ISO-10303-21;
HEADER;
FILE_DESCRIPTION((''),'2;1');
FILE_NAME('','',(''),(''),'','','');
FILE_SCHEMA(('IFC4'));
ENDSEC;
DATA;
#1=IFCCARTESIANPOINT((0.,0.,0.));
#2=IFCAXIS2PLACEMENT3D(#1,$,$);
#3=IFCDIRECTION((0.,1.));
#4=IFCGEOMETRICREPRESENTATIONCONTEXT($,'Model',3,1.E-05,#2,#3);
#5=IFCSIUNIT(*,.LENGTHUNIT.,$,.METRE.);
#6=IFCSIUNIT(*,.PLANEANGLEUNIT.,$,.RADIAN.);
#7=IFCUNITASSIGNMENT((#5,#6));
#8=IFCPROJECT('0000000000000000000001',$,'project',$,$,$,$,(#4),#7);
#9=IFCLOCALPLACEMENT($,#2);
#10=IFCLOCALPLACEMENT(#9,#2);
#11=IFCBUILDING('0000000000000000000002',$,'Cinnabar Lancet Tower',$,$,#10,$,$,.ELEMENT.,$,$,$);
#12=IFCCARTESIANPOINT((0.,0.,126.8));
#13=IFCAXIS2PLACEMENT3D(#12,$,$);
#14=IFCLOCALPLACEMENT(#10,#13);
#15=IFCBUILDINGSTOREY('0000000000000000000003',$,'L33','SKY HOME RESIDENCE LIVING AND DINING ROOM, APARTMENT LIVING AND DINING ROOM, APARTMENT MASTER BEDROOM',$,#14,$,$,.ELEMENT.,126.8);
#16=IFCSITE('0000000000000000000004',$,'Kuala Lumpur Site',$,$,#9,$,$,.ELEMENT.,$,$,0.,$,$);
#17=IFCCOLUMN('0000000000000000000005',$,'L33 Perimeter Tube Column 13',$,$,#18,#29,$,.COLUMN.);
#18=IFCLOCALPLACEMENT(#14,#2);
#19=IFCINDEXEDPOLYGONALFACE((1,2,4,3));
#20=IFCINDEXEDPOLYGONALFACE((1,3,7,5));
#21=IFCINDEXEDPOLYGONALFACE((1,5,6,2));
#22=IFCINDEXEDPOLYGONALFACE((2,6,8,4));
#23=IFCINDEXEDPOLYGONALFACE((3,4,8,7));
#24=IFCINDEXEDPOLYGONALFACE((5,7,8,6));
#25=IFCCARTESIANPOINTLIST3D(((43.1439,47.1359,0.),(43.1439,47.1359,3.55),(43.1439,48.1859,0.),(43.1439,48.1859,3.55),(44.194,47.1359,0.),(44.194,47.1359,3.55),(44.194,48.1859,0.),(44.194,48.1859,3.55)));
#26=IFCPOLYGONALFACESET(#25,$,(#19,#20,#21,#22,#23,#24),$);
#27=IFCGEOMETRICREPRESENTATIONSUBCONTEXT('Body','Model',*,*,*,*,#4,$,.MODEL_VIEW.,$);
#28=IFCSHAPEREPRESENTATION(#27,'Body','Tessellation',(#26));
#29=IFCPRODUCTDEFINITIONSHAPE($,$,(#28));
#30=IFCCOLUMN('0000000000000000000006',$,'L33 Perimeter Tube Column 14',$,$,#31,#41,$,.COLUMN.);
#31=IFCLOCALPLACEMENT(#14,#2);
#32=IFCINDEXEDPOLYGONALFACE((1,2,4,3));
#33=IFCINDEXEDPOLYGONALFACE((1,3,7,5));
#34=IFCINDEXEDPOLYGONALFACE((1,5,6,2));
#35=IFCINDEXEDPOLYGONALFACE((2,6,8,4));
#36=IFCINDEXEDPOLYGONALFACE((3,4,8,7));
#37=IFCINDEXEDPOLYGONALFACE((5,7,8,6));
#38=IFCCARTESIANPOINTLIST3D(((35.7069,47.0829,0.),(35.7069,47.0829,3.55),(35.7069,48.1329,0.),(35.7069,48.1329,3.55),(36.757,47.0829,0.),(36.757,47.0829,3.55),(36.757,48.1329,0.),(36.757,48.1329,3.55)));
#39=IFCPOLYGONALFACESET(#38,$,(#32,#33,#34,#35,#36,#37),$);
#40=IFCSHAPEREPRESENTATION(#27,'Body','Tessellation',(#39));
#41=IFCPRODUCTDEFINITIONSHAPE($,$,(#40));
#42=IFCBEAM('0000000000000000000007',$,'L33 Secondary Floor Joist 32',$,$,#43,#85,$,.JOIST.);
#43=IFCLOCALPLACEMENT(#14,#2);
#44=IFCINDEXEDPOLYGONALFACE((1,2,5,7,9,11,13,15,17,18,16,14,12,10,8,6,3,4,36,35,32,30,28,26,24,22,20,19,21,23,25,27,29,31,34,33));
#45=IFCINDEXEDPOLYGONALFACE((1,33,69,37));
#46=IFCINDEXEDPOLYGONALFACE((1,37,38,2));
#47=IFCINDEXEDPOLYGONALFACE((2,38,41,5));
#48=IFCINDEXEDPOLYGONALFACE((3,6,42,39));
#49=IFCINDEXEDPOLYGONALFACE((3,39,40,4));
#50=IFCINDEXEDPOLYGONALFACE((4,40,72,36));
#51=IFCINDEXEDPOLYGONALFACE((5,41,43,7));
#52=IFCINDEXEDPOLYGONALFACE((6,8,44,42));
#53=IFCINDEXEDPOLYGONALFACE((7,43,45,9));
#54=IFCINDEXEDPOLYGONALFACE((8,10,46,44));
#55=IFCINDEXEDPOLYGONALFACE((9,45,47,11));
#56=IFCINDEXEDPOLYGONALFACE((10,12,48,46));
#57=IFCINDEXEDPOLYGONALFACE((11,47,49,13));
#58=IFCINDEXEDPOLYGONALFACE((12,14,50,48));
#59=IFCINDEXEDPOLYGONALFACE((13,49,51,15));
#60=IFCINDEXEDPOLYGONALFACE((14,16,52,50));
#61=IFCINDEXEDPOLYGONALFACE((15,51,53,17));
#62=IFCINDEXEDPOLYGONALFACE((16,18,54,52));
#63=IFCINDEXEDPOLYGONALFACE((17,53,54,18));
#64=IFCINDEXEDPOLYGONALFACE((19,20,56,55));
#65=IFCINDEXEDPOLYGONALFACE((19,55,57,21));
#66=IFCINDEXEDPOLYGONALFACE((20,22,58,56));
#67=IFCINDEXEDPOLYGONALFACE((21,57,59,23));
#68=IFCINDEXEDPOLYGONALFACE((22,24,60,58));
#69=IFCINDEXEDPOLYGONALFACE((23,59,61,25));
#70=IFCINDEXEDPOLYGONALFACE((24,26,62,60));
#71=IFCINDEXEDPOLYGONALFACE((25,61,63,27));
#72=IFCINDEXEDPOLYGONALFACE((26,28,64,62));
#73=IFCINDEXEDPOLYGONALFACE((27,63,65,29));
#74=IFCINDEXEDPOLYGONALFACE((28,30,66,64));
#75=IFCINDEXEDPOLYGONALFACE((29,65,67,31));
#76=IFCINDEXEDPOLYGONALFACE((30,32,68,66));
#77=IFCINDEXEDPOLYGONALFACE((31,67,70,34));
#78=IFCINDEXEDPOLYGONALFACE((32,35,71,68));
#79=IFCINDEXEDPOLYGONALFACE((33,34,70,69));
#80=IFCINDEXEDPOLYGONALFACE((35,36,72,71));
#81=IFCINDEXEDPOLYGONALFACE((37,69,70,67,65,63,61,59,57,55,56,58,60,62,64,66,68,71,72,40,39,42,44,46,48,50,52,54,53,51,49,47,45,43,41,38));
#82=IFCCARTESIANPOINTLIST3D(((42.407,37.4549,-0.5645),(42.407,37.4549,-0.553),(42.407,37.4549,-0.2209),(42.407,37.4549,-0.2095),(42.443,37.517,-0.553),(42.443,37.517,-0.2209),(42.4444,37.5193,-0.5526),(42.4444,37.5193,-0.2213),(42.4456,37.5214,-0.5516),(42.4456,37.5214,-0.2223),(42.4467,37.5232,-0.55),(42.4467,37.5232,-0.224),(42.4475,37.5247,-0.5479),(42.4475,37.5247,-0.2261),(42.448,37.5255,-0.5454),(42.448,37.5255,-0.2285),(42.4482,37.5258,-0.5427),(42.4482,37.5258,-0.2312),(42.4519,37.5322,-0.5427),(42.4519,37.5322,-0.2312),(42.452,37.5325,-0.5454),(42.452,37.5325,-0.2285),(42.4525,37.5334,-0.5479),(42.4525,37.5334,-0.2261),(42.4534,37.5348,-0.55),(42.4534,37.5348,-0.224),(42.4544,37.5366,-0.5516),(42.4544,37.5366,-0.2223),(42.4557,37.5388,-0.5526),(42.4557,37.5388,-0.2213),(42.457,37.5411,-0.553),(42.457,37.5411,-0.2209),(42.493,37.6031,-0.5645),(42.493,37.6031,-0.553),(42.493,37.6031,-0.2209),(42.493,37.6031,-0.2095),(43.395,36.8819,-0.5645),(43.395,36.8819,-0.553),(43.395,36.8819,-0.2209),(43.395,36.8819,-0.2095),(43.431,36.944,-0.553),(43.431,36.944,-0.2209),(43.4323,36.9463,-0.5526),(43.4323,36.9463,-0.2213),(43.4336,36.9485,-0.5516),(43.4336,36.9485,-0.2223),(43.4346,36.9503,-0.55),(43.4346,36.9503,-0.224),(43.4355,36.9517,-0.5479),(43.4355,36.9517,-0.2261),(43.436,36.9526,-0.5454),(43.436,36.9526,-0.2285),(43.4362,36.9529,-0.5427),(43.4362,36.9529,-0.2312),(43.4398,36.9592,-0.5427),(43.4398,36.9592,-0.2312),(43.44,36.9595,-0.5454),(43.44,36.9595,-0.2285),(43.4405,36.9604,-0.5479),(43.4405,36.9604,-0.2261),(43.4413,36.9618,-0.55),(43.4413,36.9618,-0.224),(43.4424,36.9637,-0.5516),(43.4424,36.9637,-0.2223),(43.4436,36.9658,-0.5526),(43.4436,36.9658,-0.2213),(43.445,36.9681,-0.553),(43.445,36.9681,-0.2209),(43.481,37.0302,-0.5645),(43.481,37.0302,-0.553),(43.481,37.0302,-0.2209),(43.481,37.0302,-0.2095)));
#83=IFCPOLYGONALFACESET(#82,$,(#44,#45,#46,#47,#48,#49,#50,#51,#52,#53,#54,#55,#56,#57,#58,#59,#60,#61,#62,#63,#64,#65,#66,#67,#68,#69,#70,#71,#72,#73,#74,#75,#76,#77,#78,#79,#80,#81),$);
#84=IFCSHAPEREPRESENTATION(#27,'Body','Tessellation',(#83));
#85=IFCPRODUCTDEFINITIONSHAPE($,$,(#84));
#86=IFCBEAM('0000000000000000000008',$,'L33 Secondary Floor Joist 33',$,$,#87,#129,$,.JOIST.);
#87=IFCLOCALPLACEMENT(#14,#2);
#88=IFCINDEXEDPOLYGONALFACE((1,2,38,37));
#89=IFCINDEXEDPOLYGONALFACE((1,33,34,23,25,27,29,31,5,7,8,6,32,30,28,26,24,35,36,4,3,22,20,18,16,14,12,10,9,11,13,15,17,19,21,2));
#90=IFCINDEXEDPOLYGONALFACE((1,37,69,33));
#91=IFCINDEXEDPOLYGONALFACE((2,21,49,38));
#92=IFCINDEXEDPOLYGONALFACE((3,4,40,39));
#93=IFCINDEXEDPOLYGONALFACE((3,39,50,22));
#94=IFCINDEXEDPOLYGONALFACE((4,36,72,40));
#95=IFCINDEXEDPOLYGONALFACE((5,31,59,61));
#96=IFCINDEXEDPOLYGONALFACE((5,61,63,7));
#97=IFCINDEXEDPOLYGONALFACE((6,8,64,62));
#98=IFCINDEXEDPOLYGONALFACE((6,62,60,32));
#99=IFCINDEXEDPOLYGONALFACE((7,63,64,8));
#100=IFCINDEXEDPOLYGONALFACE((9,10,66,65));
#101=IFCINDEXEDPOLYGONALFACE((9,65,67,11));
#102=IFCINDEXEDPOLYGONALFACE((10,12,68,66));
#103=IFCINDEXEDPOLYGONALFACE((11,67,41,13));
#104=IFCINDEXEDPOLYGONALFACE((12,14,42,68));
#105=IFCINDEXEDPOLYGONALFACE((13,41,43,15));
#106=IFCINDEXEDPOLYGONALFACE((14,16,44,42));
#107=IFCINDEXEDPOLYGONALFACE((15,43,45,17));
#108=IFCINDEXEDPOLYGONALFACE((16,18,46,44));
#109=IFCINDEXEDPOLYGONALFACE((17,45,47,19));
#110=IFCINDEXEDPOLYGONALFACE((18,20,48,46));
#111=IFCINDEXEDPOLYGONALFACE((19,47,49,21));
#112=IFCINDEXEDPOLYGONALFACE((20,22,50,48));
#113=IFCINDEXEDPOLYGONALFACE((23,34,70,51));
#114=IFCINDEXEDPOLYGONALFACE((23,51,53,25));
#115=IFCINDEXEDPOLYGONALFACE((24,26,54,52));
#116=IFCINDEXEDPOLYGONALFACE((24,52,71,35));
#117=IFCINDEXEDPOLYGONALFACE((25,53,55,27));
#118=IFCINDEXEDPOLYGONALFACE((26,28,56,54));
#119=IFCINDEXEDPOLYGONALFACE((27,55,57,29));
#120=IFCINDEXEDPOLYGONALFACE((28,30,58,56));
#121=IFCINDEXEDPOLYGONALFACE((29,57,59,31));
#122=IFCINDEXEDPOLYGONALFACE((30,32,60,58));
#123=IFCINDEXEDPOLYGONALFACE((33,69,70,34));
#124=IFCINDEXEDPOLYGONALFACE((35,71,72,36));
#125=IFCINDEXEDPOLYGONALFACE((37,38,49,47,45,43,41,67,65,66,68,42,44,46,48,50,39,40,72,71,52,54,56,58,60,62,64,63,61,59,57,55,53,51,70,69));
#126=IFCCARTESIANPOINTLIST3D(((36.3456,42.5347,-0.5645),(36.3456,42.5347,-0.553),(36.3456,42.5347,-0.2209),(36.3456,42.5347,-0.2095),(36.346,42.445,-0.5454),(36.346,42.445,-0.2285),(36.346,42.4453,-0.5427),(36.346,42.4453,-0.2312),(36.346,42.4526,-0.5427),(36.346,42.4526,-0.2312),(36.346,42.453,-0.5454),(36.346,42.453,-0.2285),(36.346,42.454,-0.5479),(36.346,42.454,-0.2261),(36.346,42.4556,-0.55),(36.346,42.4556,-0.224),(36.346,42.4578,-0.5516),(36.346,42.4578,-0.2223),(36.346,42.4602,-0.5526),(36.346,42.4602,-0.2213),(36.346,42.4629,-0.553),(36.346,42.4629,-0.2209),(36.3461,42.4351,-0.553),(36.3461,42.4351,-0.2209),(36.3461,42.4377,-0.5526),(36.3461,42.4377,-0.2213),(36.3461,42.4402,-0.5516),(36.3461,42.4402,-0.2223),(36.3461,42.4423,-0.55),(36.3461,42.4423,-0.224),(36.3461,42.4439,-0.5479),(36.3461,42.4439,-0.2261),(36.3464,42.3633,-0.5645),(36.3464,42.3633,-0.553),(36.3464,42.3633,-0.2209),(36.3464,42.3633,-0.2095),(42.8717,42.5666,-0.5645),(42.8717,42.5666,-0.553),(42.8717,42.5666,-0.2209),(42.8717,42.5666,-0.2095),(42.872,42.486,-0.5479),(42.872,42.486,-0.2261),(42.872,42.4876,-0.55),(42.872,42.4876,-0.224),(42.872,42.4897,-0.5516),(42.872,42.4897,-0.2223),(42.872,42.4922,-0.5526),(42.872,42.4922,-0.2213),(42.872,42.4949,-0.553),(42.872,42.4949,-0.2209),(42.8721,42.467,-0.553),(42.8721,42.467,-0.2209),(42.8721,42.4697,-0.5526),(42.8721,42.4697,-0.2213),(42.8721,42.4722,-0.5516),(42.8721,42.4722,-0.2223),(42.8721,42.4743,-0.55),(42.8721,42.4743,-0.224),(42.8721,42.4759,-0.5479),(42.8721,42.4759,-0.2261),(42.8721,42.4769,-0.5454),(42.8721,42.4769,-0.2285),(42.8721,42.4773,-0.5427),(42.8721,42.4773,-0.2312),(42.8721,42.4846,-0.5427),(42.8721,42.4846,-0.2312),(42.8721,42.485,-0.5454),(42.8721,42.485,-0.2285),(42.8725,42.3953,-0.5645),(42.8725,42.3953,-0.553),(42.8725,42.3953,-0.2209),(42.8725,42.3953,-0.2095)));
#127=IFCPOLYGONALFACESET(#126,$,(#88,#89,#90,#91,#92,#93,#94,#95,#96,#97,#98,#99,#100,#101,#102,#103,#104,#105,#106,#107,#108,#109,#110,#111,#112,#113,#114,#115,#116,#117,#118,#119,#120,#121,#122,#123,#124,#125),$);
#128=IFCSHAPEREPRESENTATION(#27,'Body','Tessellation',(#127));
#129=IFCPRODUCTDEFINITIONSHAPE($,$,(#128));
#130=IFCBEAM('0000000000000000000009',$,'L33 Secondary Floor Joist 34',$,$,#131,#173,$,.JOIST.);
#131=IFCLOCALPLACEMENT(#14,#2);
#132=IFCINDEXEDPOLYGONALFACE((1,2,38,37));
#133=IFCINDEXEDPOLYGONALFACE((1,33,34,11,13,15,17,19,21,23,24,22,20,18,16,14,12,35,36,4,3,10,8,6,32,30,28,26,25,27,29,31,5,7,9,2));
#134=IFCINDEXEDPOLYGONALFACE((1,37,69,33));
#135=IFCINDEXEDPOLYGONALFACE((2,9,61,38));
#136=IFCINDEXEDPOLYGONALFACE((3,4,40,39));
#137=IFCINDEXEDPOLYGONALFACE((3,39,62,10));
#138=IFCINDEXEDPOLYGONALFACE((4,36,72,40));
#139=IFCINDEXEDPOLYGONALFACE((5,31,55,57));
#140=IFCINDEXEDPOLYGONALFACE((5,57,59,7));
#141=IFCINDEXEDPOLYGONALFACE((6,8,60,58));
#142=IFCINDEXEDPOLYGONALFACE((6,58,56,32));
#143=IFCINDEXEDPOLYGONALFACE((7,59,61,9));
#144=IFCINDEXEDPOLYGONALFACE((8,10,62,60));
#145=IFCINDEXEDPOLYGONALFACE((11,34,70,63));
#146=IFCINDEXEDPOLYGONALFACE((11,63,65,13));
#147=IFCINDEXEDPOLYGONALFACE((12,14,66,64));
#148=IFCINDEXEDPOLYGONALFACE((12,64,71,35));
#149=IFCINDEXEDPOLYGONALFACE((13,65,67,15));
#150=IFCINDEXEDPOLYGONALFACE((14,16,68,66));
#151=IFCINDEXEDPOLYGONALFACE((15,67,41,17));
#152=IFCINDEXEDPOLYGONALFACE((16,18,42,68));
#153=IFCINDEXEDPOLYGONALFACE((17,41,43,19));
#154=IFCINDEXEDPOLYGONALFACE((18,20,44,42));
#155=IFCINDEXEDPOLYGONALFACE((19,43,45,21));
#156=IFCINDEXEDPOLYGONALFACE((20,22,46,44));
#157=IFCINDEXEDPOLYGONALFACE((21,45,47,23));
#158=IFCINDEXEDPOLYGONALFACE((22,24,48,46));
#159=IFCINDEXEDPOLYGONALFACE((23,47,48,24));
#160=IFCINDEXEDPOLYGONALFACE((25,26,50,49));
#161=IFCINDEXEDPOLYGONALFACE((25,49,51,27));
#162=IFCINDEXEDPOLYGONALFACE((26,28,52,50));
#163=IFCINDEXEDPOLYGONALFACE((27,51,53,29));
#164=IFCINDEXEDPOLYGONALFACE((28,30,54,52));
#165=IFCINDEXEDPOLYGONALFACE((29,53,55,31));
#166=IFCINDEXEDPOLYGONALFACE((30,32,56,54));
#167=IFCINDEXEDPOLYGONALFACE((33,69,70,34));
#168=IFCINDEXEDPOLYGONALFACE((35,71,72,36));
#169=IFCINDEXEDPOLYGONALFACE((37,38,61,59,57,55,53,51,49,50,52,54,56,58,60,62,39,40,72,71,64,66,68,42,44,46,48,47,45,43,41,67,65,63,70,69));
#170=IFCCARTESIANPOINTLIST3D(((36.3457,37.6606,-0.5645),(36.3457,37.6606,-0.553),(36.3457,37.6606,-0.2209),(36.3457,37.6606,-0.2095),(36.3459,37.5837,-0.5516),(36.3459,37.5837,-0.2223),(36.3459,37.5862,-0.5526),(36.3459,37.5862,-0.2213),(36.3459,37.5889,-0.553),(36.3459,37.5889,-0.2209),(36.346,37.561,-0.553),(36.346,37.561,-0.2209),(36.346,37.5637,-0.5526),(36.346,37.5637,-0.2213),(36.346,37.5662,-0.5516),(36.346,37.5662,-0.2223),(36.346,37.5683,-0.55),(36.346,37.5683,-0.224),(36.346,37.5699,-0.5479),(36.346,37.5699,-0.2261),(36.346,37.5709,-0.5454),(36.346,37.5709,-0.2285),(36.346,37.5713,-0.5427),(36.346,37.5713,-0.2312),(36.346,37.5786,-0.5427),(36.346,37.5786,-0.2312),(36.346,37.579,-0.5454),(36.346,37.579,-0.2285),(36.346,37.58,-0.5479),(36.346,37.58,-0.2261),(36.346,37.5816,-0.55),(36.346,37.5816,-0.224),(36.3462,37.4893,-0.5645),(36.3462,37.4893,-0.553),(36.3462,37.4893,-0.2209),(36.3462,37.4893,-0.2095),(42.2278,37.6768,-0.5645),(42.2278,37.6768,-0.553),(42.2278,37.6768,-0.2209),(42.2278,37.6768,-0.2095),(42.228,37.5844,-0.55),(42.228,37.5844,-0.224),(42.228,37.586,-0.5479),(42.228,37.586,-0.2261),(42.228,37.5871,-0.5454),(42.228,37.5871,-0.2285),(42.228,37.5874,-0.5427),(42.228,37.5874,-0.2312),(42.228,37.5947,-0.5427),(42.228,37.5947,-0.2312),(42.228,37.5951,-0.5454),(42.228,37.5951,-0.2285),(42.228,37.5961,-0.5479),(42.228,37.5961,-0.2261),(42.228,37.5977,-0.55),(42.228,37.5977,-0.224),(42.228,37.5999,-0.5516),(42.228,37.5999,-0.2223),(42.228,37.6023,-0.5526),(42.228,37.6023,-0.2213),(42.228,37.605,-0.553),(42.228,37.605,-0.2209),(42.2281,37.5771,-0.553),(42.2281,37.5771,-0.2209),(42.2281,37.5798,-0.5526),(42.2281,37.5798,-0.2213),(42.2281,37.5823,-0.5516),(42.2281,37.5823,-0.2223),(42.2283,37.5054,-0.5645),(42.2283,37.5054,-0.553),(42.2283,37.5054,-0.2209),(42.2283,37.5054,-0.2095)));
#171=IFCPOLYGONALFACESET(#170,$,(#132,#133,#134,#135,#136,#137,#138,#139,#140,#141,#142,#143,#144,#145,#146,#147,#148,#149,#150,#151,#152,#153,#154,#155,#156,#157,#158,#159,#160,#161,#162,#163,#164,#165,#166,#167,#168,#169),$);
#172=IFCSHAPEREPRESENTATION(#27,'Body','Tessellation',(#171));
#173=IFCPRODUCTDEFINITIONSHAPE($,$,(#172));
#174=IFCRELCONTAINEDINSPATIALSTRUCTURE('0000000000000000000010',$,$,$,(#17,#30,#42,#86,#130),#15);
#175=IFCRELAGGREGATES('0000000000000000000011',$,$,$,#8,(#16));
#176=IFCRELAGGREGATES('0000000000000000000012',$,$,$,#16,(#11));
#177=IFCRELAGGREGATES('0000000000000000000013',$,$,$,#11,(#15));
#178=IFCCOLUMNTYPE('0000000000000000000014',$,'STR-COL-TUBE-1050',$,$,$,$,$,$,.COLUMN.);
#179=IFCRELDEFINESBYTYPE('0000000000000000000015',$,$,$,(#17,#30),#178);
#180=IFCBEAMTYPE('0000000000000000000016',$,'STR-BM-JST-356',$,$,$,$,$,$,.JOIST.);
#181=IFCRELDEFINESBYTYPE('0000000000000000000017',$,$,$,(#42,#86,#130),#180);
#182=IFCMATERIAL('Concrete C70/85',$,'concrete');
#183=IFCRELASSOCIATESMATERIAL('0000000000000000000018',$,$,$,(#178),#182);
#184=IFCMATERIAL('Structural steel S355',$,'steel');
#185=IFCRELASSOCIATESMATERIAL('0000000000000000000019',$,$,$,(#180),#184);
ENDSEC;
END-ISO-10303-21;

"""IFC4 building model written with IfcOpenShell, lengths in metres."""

from ifc_helpers import new_model, si_unit, direction, frame, origin, origin_2d, place, context, subcontext, project, spatial, rectangle, i_section, extrude, material, material_profile, profile_set, type_object, element, save


model = new_model("IFC4")

# Units and contexts
model_context = context("Model", 3, precision=1e-05, world=origin(), true_north=direction((0.0, 1.0)))
body_context = subcontext(model_context, "Body", "Model", "MODEL_VIEW")
ifc_project = project(units=[si_unit("LENGTHUNIT", "METRE"), si_unit("PLANEANGLEUNIT", "RADIAN")], contexts=[model_context])

# Site, building, storey
site_placement = place(None, origin())
site = spatial("IfcSite", under=ifc_project, at=site_placement, Name="Kuala Lumpur Site", CompositionType="ELEMENT", RefElevation=0.0)
building_placement = place(site_placement, origin())
building = spatial("IfcBuilding", under=site, at=building_placement, Name="Cinnabar Lancet Tower", CompositionType="ELEMENT")
storey_placement = place(building_placement, frame((0.0, 0.0, 126.8)))
storey = spatial("IfcBuildingStorey", under=building, at=storey_placement, Name="L33", Description="SKY HOME RESIDENCE LIVING AND DINING ROOM, APARTMENT LIVING AND DINING ROOM, APARTMENT MASTER BEDROOM", CompositionType="ELEMENT", Elevation=126.8)

# Columns
ifc_material_1 = material(Name="Concrete C70/85", Category="concrete")
ifc_material_profile_1 = material_profile(ifc_material_1, rectangle(XDim=1.05, YDim=1.05, at=origin_2d()), Name="RC-COL 1050x1050")
ifc_profile_set_1 = profile_set([ifc_material_profile_1], Name="Concrete C70/85")
column_type = type_object("IfcColumnType", Name="STR-COL-TUBE-1050", PredefinedType="COLUMN", material=ifc_profile_set_1)
for number, where, z_axis, x_axis, name in (
    (1, (43.6689, 47.6609, 0.0), (0.0, 0.0, 1.0), (1.0, 0.0, 0.0), "L33 Perimeter Tube Column 13"),
    (2, (36.2319, 47.6079, 0.0), (0.0, 0.0, 1.0), (1.0, 0.0, 0.0), "L33 Perimeter Tube Column 14"),
):
    element("IfcColumn", number, at=place(storey_placement, frame(where, z_axis=z_axis, x_axis=x_axis)), inside=storey, type_object=column_type, Name=name, PredefinedType="COLUMN", context=body_context, shape_type="SweptSolid", body=[
        extrude(rectangle(XDim=1.05, YDim=1.05, at=origin_2d()), origin(), (0.0, 0.0, 1.0), 3.55),
    ])

# Beams
ifc_material_2 = material(Name="Structural steel S355", Category="steel")
ifc_material_profile_2 = material_profile(ifc_material_2, i_section(OverallWidth=0.1714, OverallDepth=0.355, WebThickness=0.0073, FlangeThickness=0.0115, FilletRadius=0.0103, at=origin_2d()), Name="UKB 356x171x51")
ifc_profile_set_2 = profile_set([ifc_material_profile_2], Name="Structural steel S355")
beam_type_1 = type_object("IfcBeamType", Name="STR-BM-JST-356", PredefinedType="JOIST", material=ifc_profile_set_2)
beam_1_placement = place(storey_placement, frame((43.438, 36.9561, -0.387), z_axis=(-0.865055, 0.501677, 0.0), x_axis=(-0.501677, -0.865055, 0.0)))
element("IfcBeam", 3, at=beam_1_placement, inside=storey, type_object=beam_type_1, Name="L33 Secondary Floor Joist 32", PredefinedType="JOIST", context=body_context, shape_type="SweptSolid", body=[
    extrude(i_section(OverallWidth=0.1714, OverallDepth=0.355, WebThickness=0.0073, FlangeThickness=0.0115, FilletRadius=0.0103, at=origin_2d()), origin(), (0.0, 0.0, 1.0), 1.1421),
])
beam_2_placement = place(storey_placement, frame((42.8721, 42.481, -0.387), z_axis=(-0.999988, -0.004901, 0.0), x_axis=(0.004901, -0.999988, 0.0)))
element("IfcBeam", 4, at=beam_2_placement, inside=storey, type_object=beam_type_1, Name="L33 Secondary Floor Joist 33", PredefinedType="JOIST", context=body_context, shape_type="SweptSolid", body=[
    extrude(i_section(OverallWidth=0.1714, OverallDepth=0.355, WebThickness=0.0073, FlangeThickness=0.0115, FilletRadius=0.0103, at=origin_2d()), origin(), (0.0, 0.0, 1.0), 6.5261),
])
beam_3_placement = place(storey_placement, frame((42.228, 37.5911, -0.387), z_axis=(-0.999996, -0.002739, 0.0), x_axis=(0.002739, -0.999996, 0.0)))
element("IfcBeam", 5, at=beam_3_placement, inside=storey, type_object=beam_type_1, Name="L33 Secondary Floor Joist 34", PredefinedType="JOIST", context=body_context, shape_type="SweptSolid", body=[
    extrude(i_section(OverallWidth=0.1714, OverallDepth=0.355, WebThickness=0.0073, FlangeThickness=0.0115, FilletRadius=0.0103, at=origin_2d()), origin(), (0.0, 0.0, 1.0), 5.8821),
])

save(model, "model.ifc")
